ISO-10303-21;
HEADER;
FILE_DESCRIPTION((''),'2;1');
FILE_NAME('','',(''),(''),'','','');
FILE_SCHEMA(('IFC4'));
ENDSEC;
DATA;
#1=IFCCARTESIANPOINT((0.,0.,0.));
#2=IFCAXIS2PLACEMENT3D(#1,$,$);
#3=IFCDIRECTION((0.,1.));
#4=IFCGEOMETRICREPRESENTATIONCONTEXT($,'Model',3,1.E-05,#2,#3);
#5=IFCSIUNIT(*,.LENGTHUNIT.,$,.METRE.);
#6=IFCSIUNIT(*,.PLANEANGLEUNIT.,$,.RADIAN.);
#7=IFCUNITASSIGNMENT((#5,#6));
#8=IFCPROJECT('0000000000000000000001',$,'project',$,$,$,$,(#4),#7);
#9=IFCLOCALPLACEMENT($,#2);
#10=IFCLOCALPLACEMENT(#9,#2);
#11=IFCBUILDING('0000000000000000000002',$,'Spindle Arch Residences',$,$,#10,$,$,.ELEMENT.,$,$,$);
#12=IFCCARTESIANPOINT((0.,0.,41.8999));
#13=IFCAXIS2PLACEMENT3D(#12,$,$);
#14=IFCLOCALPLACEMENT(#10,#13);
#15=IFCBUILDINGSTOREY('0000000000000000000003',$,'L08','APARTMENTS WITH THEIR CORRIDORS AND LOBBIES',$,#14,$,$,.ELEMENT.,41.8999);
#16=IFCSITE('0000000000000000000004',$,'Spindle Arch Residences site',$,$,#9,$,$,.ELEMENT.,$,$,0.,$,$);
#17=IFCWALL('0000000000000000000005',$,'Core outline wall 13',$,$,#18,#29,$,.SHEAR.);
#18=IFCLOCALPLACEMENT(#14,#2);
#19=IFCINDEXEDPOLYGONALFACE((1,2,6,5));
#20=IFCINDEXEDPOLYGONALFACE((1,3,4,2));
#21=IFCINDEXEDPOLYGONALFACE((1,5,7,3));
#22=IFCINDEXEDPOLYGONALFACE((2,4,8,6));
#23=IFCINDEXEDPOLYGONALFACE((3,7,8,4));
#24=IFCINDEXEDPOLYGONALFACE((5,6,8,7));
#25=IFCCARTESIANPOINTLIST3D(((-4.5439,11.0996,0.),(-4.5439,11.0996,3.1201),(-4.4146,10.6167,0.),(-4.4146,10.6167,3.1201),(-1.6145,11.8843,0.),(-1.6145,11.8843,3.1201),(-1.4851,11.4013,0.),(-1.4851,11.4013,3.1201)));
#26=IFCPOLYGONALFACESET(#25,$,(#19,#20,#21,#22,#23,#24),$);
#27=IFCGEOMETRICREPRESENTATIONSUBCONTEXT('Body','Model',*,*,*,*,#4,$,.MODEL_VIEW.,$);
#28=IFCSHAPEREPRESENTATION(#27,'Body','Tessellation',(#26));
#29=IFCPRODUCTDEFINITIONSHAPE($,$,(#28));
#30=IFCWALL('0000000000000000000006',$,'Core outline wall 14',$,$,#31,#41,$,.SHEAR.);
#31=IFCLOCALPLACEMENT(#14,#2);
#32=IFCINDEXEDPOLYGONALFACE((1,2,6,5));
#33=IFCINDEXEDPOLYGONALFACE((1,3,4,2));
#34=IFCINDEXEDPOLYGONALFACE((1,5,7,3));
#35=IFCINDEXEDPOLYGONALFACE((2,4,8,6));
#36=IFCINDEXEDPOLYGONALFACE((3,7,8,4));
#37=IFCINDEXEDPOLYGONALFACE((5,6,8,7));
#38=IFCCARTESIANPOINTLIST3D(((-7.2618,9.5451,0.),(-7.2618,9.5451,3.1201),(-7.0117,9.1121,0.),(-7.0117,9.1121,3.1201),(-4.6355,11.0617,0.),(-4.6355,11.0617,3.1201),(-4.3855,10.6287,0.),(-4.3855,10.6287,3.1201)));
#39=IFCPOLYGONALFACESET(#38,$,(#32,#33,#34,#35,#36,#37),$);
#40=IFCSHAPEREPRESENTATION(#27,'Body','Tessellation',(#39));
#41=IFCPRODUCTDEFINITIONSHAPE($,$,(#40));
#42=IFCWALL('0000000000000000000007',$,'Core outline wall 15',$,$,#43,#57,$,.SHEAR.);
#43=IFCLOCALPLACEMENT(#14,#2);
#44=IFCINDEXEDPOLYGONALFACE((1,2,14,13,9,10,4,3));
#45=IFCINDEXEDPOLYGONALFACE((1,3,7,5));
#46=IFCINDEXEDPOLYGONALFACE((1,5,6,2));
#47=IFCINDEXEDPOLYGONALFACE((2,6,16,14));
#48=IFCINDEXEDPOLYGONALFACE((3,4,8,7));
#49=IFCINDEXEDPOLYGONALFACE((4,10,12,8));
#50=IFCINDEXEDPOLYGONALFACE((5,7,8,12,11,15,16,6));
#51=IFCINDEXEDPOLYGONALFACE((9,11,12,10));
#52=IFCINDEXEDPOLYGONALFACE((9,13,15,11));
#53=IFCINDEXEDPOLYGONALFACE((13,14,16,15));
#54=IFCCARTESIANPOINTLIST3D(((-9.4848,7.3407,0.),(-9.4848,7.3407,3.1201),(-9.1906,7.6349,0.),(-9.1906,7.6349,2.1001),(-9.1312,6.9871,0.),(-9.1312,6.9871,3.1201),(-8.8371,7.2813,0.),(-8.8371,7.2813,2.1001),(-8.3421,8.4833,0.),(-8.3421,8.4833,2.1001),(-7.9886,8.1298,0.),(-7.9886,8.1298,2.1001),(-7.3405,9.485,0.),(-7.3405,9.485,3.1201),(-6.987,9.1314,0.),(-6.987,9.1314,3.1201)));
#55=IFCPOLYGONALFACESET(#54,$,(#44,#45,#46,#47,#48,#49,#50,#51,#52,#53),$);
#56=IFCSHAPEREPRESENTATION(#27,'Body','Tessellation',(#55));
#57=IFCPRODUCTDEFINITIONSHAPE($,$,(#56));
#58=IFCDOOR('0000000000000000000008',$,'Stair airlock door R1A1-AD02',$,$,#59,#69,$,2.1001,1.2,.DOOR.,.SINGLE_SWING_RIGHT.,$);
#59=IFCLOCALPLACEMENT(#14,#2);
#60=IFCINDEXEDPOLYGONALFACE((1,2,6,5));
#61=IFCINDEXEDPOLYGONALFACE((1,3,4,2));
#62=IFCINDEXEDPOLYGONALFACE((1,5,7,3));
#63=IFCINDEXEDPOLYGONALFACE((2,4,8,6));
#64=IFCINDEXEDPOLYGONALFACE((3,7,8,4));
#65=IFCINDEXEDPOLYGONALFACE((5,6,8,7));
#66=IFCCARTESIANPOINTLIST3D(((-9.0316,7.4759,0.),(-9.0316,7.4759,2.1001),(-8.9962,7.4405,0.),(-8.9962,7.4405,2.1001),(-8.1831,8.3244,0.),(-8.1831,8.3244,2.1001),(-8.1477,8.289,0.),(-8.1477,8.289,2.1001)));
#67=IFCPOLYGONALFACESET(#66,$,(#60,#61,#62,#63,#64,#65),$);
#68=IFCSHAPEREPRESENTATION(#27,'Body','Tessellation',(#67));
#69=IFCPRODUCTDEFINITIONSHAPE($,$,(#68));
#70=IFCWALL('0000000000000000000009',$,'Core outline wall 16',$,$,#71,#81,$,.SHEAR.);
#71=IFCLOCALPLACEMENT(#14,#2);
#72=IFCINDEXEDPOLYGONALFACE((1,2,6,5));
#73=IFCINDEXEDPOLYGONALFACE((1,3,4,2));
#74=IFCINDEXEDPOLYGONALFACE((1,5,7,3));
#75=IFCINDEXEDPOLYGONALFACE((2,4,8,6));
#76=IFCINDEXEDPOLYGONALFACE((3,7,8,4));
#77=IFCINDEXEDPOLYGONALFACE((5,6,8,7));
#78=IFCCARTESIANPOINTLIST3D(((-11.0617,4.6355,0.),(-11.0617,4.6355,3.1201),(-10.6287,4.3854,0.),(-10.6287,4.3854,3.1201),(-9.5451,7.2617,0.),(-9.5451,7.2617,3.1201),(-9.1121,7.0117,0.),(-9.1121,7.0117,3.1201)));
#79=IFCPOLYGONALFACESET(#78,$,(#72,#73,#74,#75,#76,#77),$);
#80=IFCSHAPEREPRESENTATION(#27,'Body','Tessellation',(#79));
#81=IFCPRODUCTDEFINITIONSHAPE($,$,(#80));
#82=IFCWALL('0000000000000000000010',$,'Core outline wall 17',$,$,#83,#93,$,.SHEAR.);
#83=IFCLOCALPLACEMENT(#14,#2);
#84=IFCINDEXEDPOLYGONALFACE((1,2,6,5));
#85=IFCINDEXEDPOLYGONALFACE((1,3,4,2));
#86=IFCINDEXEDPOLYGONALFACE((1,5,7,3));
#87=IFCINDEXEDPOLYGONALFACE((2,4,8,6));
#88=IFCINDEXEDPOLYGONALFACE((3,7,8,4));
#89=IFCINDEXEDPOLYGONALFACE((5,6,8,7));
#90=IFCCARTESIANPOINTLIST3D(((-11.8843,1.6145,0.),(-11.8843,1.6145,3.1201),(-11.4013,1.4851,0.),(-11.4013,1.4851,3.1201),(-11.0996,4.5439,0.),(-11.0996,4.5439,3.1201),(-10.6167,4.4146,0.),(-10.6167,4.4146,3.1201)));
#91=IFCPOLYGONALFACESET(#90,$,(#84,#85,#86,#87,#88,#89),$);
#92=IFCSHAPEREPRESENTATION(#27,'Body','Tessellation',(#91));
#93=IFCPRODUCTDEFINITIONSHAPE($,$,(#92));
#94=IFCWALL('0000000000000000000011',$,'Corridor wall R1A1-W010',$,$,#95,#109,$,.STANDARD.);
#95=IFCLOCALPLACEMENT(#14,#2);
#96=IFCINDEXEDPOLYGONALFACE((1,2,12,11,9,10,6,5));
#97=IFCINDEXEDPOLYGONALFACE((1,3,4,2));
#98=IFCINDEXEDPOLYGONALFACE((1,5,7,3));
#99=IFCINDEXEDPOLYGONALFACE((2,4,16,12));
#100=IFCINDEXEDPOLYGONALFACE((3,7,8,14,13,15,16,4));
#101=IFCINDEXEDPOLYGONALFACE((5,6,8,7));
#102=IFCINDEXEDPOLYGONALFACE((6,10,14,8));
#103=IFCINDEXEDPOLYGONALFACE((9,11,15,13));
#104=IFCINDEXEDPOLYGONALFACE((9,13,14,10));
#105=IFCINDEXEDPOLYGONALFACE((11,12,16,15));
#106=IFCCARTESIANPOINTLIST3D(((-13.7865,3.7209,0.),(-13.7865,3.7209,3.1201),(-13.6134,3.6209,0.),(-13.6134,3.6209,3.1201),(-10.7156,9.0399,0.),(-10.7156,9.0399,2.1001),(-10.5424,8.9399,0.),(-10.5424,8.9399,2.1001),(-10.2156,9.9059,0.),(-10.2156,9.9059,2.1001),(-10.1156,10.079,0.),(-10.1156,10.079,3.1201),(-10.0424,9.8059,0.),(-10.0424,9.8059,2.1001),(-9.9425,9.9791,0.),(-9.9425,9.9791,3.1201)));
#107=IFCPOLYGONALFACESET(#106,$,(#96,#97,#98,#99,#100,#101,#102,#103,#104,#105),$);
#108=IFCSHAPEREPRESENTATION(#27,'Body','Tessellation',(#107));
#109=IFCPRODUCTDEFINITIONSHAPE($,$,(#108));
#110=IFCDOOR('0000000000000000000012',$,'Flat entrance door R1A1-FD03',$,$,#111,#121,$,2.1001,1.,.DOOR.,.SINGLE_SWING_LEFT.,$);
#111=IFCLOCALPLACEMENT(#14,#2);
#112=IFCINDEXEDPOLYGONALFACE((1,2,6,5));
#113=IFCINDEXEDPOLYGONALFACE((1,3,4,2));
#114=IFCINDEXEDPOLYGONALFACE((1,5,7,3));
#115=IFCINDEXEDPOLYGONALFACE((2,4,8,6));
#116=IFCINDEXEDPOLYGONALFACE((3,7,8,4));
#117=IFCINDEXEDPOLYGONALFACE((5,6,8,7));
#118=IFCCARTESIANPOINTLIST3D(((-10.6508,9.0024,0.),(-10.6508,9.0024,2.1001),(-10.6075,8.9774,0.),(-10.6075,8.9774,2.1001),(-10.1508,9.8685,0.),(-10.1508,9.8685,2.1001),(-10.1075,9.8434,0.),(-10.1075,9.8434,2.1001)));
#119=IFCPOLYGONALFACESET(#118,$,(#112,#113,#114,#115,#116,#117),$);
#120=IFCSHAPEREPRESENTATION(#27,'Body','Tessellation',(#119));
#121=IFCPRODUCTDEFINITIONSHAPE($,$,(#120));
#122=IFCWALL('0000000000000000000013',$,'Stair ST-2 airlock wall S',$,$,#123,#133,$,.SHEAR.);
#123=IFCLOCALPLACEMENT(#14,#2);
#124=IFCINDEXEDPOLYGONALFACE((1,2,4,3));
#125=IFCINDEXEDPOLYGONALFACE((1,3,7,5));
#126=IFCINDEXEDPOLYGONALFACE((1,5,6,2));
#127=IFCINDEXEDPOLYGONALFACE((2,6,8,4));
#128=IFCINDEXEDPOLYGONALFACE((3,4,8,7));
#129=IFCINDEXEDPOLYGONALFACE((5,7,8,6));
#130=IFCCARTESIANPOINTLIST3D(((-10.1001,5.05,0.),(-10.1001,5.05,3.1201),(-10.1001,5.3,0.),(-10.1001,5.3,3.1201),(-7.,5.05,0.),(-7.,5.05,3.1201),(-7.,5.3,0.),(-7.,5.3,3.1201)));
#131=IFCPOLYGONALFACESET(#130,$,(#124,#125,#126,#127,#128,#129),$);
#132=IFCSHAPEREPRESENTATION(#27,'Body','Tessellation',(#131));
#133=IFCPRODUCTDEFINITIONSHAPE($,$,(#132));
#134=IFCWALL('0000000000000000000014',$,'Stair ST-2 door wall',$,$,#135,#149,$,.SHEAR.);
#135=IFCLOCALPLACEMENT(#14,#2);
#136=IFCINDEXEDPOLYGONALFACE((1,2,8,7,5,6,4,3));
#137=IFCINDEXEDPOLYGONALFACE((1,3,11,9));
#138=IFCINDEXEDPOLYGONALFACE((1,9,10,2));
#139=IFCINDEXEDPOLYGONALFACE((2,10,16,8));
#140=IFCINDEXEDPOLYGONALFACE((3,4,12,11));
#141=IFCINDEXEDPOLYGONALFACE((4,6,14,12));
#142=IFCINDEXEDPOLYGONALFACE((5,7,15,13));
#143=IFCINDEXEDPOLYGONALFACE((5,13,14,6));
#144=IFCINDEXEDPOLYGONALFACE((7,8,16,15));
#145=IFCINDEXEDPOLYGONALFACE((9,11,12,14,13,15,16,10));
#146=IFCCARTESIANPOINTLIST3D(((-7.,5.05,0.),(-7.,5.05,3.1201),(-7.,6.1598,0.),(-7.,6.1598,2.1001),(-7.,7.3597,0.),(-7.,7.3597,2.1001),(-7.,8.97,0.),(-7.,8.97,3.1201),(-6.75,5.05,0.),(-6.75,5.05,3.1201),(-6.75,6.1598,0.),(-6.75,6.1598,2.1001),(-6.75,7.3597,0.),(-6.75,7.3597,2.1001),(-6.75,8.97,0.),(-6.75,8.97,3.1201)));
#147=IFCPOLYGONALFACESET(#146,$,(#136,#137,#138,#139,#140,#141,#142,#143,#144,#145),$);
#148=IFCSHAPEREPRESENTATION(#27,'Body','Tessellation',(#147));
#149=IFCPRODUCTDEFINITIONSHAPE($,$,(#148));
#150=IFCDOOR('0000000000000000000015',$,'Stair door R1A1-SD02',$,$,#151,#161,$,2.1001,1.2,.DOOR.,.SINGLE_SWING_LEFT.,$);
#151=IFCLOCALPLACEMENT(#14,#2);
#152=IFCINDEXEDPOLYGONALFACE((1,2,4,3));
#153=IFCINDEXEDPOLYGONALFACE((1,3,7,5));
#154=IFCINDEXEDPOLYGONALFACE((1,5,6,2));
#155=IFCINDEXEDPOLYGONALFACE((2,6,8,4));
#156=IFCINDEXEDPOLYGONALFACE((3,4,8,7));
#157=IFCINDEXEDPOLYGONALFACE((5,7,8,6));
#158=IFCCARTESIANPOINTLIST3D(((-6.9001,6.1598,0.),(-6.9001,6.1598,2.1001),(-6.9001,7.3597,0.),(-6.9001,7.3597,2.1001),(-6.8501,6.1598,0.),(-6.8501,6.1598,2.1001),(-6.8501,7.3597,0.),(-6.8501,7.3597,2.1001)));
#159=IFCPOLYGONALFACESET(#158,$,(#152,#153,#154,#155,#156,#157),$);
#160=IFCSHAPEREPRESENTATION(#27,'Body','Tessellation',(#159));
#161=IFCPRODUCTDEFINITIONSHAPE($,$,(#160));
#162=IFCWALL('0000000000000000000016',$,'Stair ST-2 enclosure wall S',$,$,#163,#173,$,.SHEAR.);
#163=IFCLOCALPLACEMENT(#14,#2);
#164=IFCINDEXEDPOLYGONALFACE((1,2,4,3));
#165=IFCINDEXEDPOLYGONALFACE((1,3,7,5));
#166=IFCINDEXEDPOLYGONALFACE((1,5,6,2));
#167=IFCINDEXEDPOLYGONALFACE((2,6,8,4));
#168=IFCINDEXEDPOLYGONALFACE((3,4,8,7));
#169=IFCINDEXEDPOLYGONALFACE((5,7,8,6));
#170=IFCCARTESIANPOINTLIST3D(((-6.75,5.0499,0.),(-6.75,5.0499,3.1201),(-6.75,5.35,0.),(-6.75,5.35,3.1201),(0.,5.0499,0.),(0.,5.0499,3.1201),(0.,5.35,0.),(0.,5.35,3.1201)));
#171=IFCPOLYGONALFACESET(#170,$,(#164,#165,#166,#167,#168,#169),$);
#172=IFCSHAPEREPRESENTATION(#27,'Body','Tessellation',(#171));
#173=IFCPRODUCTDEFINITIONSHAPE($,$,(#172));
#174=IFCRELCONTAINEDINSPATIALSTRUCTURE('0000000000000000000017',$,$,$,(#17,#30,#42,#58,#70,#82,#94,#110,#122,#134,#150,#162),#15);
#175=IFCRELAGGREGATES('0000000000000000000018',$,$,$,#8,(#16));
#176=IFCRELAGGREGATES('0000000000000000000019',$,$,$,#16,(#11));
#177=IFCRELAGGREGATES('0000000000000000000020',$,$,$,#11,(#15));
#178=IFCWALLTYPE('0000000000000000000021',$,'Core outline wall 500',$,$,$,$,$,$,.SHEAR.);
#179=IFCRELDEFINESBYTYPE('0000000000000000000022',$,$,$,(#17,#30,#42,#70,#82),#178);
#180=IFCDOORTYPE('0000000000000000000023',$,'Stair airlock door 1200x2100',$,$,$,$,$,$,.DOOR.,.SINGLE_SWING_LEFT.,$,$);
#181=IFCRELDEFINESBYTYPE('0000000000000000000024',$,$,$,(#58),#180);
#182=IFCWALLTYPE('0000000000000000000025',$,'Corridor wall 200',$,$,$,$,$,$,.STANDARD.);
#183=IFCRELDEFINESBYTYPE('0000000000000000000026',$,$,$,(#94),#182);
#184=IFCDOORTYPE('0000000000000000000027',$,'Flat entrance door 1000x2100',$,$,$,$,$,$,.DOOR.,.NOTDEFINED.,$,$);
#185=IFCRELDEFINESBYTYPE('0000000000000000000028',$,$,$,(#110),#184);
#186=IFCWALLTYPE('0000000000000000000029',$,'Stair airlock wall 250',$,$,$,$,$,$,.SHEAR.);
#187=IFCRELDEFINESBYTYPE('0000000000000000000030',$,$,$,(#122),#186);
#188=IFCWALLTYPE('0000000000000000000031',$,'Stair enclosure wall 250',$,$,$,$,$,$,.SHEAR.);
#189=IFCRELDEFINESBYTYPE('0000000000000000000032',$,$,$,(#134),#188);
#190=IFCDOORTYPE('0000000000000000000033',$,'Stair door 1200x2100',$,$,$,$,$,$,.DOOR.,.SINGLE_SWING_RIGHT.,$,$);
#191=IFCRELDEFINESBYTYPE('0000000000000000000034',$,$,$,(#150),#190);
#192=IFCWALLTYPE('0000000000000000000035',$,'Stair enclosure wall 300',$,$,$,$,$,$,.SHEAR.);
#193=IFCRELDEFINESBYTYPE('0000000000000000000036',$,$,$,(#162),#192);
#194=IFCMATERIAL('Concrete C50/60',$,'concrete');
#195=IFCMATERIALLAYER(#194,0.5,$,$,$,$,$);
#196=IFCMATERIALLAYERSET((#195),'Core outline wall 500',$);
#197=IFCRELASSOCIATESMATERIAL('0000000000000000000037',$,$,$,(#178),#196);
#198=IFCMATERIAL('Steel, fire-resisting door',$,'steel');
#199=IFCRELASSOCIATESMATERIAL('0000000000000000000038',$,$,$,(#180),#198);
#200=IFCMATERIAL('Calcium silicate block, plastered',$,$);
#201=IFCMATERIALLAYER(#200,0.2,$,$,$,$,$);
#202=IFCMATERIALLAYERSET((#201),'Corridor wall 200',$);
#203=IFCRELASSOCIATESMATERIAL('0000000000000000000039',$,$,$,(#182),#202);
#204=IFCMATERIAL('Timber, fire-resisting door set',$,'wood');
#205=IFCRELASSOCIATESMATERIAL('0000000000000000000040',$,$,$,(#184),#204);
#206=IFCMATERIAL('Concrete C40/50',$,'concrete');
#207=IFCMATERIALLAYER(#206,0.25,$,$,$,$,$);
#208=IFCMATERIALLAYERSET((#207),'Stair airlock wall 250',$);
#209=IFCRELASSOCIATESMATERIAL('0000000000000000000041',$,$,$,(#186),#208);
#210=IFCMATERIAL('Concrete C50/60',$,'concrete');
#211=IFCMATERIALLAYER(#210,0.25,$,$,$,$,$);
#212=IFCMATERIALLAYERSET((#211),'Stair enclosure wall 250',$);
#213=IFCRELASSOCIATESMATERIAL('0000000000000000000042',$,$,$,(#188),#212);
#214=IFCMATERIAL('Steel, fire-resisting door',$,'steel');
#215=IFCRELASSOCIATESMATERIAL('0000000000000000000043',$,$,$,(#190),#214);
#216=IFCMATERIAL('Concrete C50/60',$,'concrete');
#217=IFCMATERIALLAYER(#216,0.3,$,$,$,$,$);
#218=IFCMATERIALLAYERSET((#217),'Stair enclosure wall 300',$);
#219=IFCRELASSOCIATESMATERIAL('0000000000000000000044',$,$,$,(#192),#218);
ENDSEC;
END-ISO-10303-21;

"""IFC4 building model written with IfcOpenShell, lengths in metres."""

from ifc_helpers import new_model, si_unit, direction, frame, frame_2d, origin, place, context, subcontext, project, spatial, rectangle, extrude, material, layer, layer_set, type_object, element, fill, save


model = new_model("IFC4")

# Units and contexts
model_context = context("Model", 3, precision=1e-05, world=origin(), true_north=direction((0.0, 1.0)))
body_context = subcontext(model_context, "Body", "Model", "MODEL_VIEW")
ifc_project = project(units=[si_unit("LENGTHUNIT", "METRE"), si_unit("PLANEANGLEUNIT", "RADIAN")], contexts=[model_context])

# Site, building, storey
site_placement = place(None, origin())
site = spatial("IfcSite", under=ifc_project, at=site_placement, Name="Spindle Arch Residences site", CompositionType="ELEMENT", RefElevation=0.0)
building_placement = place(site_placement, origin())
building = spatial("IfcBuilding", under=site, at=building_placement, Name="Spindle Arch Residences", CompositionType="ELEMENT")
storey_placement = place(building_placement, frame((0.0, 0.0, 41.8999)))
storey = spatial("IfcBuildingStorey", under=building, at=storey_placement, Name="L08", Description="APARTMENTS WITH THEIR CORRIDORS AND LOBBIES", CompositionType="ELEMENT", Elevation=41.8999)

# Walls
ifc_material_1 = material(Name="Concrete C50/60", Category="concrete")
ifc_layer_1 = layer(ifc_material_1, 0.5)
ifc_layer_set_1 = layer_set([ifc_layer_1], Name="Core outline wall 500")
wall_type_1 = type_object("IfcWallType", Name="Core outline wall 500", PredefinedType="SHEAR", material=ifc_layer_set_1)
for number, where, z_axis, x_axis, name in (
    (1, (-1.5498, 11.6428, 0.0), (0.0, 0.0, 1.0), (-0.965948, -0.258735, 0.0), "Core outline wall 13"),
    (2, (-4.5105, 10.8452, 0.0), (0.0, 0.0, 1.0), (-0.865975, -0.500087, 0.0), "Core outline wall 14"),
):
    element("IfcWall", number, at=place(storey_placement, frame(where, z_axis=z_axis, x_axis=x_axis)), inside=storey, type_object=wall_type_1, Name=name, PredefinedType="SHEAR", context=body_context, shape_type="SweptSolid", body=[
        extrude(rectangle(XDim=3.0327, YDim=0.5, at=frame_2d((1.5164, 0.0))), origin(), (0.0, 0.0, 1.0), 3.1201),
    ])

# Wall, opening, door
wall_1_placement = place(storey_placement, frame((-7.1638, 9.3081, 0.0), z_axis=(0.0, 0.0, 1.0), x_axis=(-0.707107, -0.707107, 0.0)))
wall_1 = element("IfcWall", 3, at=wall_1_placement, inside=storey, type_object=wall_type_1, Name="Core outline wall 15", PredefinedType="SHEAR", context=body_context, shape_type="SweptSolid", body=[
    extrude(rectangle(XDim=3.0325, YDim=0.5, at=frame_2d((1.5161, 0.0))), origin(), (0.0, 0.0, 1.0), 3.1201),
])
opening_1_placement = place(wall_1_placement, frame((1.4163, 0.0, 0.0)))
opening_1 = element("IfcOpeningElement", 4, at=opening_1_placement, cuts=wall_1, PredefinedType="OPENING", context=body_context, shape_type="SweptSolid", body=[
    extrude(rectangle(XDim=1.2, YDim=2.1001, at=frame_2d((0.6001, 1.05))), frame((0.0, 0.26, 0.0), z_axis=(0.0, -1.0, 0.0), x_axis=(1.0, 0.0, 0.0)), (0.0, 0.0, 1.0), 0.52),
])
ifc_material_2 = material(Name="Steel, fire-resisting door", Category="steel")
door_type_1 = type_object("IfcDoorType", Name="Stair airlock door 1200x2100", OperationType="SINGLE_SWING_LEFT", PredefinedType="DOOR", material=ifc_material_2)
door_1_placement = place(opening_1_placement, origin())
door_1 = element("IfcDoor", 5, at=door_1_placement, inside=storey, type_object=door_type_1, Name="Stair airlock door R1A1-AD02", OperationType="SINGLE_SWING_RIGHT", OverallHeight=2.1001, OverallWidth=1.2, PredefinedType="DOOR", context=body_context, shape_type="SweptSolid", body=[
    extrude(rectangle(XDim=1.2, YDim=2.1001, at=frame_2d((0.6001, 1.05))), frame((0.0, 0.0249, 0.0), z_axis=(0.0, -1.0, 0.0), x_axis=(1.0, 0.0, 0.0)), (0.0, 0.0, 1.0), 0.05),
])
fill(opening_1, door_1)

# Walls
for number, where, z_axis, x_axis, name in (
    (6, (-9.3286, 7.1367, 0.0), (0.0, 0.0, 1.0), (-0.500087, -0.865975, 0.0), "Core outline wall 16"),
    (7, (-10.8582, 4.4792, 0.0), (0.0, 0.0, 1.0), (-0.258735, -0.965948, 0.0), "Core outline wall 17"),
):
    element("IfcWall", number, at=place(storey_placement, frame(where, z_axis=z_axis, x_axis=x_axis)), inside=storey, type_object=wall_type_1, Name=name, PredefinedType="SHEAR", context=body_context, shape_type="SweptSolid", body=[
        extrude(rectangle(XDim=3.0327, YDim=0.5, at=frame_2d((1.5164, 0.0))), origin(), (0.0, 0.0, 1.0), 3.1201),
    ])

# Wall, opening, door
ifc_material_3 = material(Name="Calcium silicate block, plastered")
ifc_layer_2 = layer(ifc_material_3, 0.2)
ifc_layer_set_2 = layer_set([ifc_layer_2], Name="Corridor wall 200")
wall_type_2 = type_object("IfcWallType", Name="Corridor wall 200", PredefinedType="STANDARD", material=ifc_layer_set_2)
wall_2_placement = place(storey_placement, frame((-10.0291, 10.0291, 0.0), z_axis=(0.0, 0.0, 1.0), x_axis=(-0.500002, -0.866024, 0.0)))
wall_2 = element("IfcWall", 8, at=wall_2_placement, inside=storey, type_object=wall_type_2, Name="Corridor wall R1A1-W010", PredefinedType="STANDARD", context=body_context, shape_type="SweptSolid", body=[
    extrude(rectangle(XDim=7.3418, YDim=0.2, at=frame_2d((3.6709, 0.0))), origin(), (0.0, 0.0, 1.0), 3.1201),
])
opening_2_placement = place(wall_2_placement, frame((0.2, 0.0, 0.0)))
opening_2 = element("IfcOpeningElement", 9, at=opening_2_placement, cuts=wall_2, PredefinedType="OPENING", context=body_context, shape_type="SweptSolid", body=[
    extrude(rectangle(XDim=1.0, YDim=2.1001, at=frame_2d((0.5, 1.05))), frame((0.0, 0.1099, 0.0), z_axis=(0.0, -1.0, 0.0), x_axis=(1.0, 0.0, 0.0)), (0.0, 0.0, 1.0), 0.22),
])
ifc_material_4 = material(Name="Timber, fire-resisting door set", Category="wood")
door_type_2 = type_object("IfcDoorType", Name="Flat entrance door 1000x2100", OperationType="NOTDEFINED", PredefinedType="DOOR", material=ifc_material_4)
door_2_placement = place(opening_2_placement, origin())
door_2 = element("IfcDoor", 10, at=door_2_placement, inside=storey, type_object=door_type_2, Name="Flat entrance door R1A1-FD03", OperationType="SINGLE_SWING_LEFT", OverallHeight=2.1001, OverallWidth=1.0, PredefinedType="DOOR", context=body_context, shape_type="SweptSolid", body=[
    extrude(rectangle(XDim=1.0, YDim=2.1001, at=frame_2d((0.5, 1.05))), frame((0.0, 0.0249, 0.0), z_axis=(0.0, -1.0, 0.0), x_axis=(1.0, 0.0, 0.0)), (0.0, 0.0, 1.0), 0.05),
])
fill(opening_2, door_2)

# Wall
ifc_material_5 = material(Name="Concrete C40/50", Category="concrete")
ifc_layer_3 = layer(ifc_material_5, 0.25)
ifc_layer_set_3 = layer_set([ifc_layer_3], Name="Stair airlock wall 250")
wall_type_3 = type_object("IfcWallType", Name="Stair airlock wall 250", PredefinedType="SHEAR", material=ifc_layer_set_3)
wall_3_placement = place(storey_placement, frame((-7.0, 5.175, 0.0), z_axis=(0.0, 0.0, 1.0), x_axis=(-1.0, 0.0, 0.0)))
element("IfcWall", 11, at=wall_3_placement, inside=storey, type_object=wall_type_3, Name="Stair ST-2 airlock wall S", PredefinedType="SHEAR", context=body_context, shape_type="SweptSolid", body=[
    extrude(rectangle(XDim=3.1001, YDim=0.25, at=frame_2d((1.55, 0.0))), origin(), (0.0, 0.0, 1.0), 3.1201),
])

# Wall, opening, door
ifc_material_6 = material(Name="Concrete C50/60", Category="concrete")
ifc_layer_4 = layer(ifc_material_6, 0.25)
ifc_layer_set_4 = layer_set([ifc_layer_4], Name="Stair enclosure wall 250")
wall_type_4 = type_object("IfcWallType", Name="Stair enclosure wall 250", PredefinedType="SHEAR", material=ifc_layer_set_4)
wall_4_placement = place(storey_placement, frame((-6.875, 8.97, 0.0), z_axis=(0.0, 0.0, 1.0), x_axis=(0.0, -1.0, 0.0)))
wall_4 = element("IfcWall", 12, at=wall_4_placement, inside=storey, type_object=wall_type_4, Name="Stair ST-2 door wall", PredefinedType="SHEAR", context=body_context, shape_type="SweptSolid", body=[
    extrude(rectangle(XDim=3.9199, YDim=0.25, at=frame_2d((1.96, 0.0))), origin(), (0.0, 0.0, 1.0), 3.1201),
])
opening_3_placement = place(wall_4_placement, frame((1.6101, 0.0, 0.0)))
opening_3 = element("IfcOpeningElement", 13, at=opening_3_placement, cuts=wall_4, PredefinedType="OPENING", context=body_context, shape_type="SweptSolid", body=[
    extrude(rectangle(XDim=1.2, YDim=2.1001, at=frame_2d((0.6001, 1.05))), frame((0.0, 0.135, 0.0), z_axis=(0.0, -1.0, 0.0), x_axis=(1.0, 0.0, 0.0)), (0.0, 0.0, 1.0), 0.27),
])
ifc_material_7 = material(Name="Steel, fire-resisting door", Category="steel")
door_type_3 = type_object("IfcDoorType", Name="Stair door 1200x2100", OperationType="SINGLE_SWING_RIGHT", PredefinedType="DOOR", material=ifc_material_7)
door_3_placement = place(opening_3_placement, origin())
door_3 = element("IfcDoor", 14, at=door_3_placement, inside=storey, type_object=door_type_3, Name="Stair door R1A1-SD02", OperationType="SINGLE_SWING_LEFT", OverallHeight=2.1001, OverallWidth=1.2, PredefinedType="DOOR", context=body_context, shape_type="SweptSolid", body=[
    extrude(rectangle(XDim=1.2, YDim=2.1001, at=frame_2d((0.6001, 1.05))), frame((0.0, 0.0249, 0.0), z_axis=(0.0, -1.0, 0.0), x_axis=(1.0, 0.0, 0.0)), (0.0, 0.0, 1.0), 0.05),
])
fill(opening_3, door_3)

# Wall
ifc_material_8 = material(Name="Concrete C50/60", Category="concrete")
ifc_layer_5 = layer(ifc_material_8, 0.3)
ifc_layer_set_5 = layer_set([ifc_layer_5], Name="Stair enclosure wall 300")
wall_type_5 = type_object("IfcWallType", Name="Stair enclosure wall 300", PredefinedType="SHEAR", material=ifc_layer_set_5)
for number, where, z_axis, x_axis, name in (
    (15, (-6.75, 5.2, 0.0), (0.0, 0.0, 1.0), (1.0, 0.0, 0.0), "Stair ST-2 enclosure wall S"),
):
    element("IfcWall", number, at=place(storey_placement, frame(where, z_axis=z_axis, x_axis=x_axis)), inside=storey, type_object=wall_type_5, Name=name, PredefinedType="SHEAR", context=body_context, shape_type="SweptSolid", body=[
        extrude(rectangle(XDim=6.75, YDim=0.3, at=frame_2d((3.375, 0.0))), origin(), (0.0, 0.0, 1.0), 3.1201),
    ])

save(model, "model.ifc")
